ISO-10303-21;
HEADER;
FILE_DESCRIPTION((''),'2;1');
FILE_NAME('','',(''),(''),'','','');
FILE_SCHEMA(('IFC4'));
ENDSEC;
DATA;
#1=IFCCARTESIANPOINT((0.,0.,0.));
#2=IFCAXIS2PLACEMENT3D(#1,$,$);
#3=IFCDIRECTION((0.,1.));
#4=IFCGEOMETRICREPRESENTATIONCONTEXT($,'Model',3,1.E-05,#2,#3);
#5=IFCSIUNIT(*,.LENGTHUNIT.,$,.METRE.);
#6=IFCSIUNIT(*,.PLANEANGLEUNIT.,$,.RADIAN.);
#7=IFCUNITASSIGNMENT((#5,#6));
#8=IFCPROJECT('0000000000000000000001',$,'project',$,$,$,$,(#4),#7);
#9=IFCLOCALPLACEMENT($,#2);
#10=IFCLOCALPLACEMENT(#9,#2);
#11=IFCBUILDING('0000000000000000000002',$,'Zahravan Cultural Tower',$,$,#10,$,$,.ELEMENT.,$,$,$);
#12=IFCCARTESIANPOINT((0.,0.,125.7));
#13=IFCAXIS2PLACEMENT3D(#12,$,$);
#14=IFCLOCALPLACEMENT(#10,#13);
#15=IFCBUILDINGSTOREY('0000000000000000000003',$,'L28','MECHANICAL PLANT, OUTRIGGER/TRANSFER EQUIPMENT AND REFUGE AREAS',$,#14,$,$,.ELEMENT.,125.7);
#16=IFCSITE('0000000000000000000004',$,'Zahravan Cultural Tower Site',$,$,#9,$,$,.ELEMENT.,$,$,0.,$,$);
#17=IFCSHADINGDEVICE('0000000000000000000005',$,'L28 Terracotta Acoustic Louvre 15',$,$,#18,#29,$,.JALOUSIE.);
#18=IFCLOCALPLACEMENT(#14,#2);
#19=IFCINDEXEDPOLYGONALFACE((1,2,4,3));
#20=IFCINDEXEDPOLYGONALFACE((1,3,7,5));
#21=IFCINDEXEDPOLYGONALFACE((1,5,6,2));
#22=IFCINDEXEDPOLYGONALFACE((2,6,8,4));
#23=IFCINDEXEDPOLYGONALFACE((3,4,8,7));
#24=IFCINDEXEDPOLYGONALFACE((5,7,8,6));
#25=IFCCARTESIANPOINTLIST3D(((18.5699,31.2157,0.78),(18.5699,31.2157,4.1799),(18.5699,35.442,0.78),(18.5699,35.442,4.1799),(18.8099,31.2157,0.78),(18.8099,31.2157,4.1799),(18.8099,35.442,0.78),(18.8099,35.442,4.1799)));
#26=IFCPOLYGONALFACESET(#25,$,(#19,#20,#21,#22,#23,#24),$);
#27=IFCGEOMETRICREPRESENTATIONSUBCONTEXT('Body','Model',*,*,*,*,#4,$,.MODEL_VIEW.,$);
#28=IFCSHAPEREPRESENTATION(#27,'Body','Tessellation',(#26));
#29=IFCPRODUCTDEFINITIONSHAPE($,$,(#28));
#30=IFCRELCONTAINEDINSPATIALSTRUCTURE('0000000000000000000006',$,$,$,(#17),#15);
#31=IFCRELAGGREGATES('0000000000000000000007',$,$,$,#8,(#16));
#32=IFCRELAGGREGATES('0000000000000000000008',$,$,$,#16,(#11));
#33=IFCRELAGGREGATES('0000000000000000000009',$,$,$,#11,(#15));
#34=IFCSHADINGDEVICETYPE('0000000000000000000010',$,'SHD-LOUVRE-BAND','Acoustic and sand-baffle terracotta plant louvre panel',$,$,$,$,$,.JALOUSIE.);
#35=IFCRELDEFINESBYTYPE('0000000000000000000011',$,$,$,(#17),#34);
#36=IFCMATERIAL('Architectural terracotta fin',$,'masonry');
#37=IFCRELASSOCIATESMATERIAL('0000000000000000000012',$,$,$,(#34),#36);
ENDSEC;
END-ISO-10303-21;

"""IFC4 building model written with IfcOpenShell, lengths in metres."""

from ifc_helpers import new_model, si_unit, direction, frame, origin, origin_2d, place, context, subcontext, project, spatial, rectangle, extrude, source, transform, mapped, material, type_object, element, save


model = new_model("IFC4")

# Units and contexts
model_context = context("Model", 3, precision=1e-05, world=origin(), true_north=direction((0.0, 1.0)))
body_context = subcontext(model_context, "Body", "Model", "MODEL_VIEW")
ifc_project = project(units=[si_unit("LENGTHUNIT", "METRE"), si_unit("PLANEANGLEUNIT", "RADIAN")], contexts=[model_context])

# Site, building, storey
site_placement = place(None, origin())
site = spatial("IfcSite", under=ifc_project, at=site_placement, Name="Zahravan Cultural Tower Site", CompositionType="ELEMENT", RefElevation=0.0)
building_placement = place(site_placement, origin())
building = spatial("IfcBuilding", under=site, at=building_placement, Name="Zahravan Cultural Tower", CompositionType="ELEMENT")
storey_placement = place(building_placement, frame((0.0, 0.0, 125.7)))
storey = spatial("IfcBuildingStorey", under=building, at=storey_placement, Name="L28", Description="MECHANICAL PLANT, OUTRIGGER/TRANSFER EQUIPMENT AND REFUGE AREAS", CompositionType="ELEMENT", Elevation=125.7)

# Shared definitions
ifc_material_1 = material(Name="Architectural terracotta fin", Category="masonry")
shading_device_type = type_object("IfcShadingDeviceType", Name="SHD-LOUVRE-BAND", Description="Acoustic and sand-baffle terracotta plant louvre panel", PredefinedType="JALOUSIE", material=ifc_material_1)

# Shading device
shared_shape_1 = source(origin(), body_context, "Body", "SweptSolid", [
    extrude(rectangle(XDim=4.2263, YDim=0.24, at=origin_2d()), origin(), (0.0, 0.0, 1.0), 3.3999),
])
shading_device_1_placement = place(storey_placement, frame((18.6899, 33.3289, 0.78), z_axis=(0.0, 0.0, 1.0), x_axis=(0.0, 1.0, 0.0)))
element("IfcShadingDevice", 1, at=shading_device_1_placement, inside=storey, type_object=shading_device_type, Name="L28 Terracotta Acoustic Louvre 15", PredefinedType="JALOUSIE", context=body_context, shape_type="MappedRepresentation", body=[
    mapped(shared_shape_1, transform((0.0, 0.0, 0.0), x_axis=(1.0, 0.0, 0.0), y_axis=(0.0, 1.0, 0.0), z_axis=(0.0, 0.0, 1.0), scale=1.0)),
])

save(model, "model.ifc")
